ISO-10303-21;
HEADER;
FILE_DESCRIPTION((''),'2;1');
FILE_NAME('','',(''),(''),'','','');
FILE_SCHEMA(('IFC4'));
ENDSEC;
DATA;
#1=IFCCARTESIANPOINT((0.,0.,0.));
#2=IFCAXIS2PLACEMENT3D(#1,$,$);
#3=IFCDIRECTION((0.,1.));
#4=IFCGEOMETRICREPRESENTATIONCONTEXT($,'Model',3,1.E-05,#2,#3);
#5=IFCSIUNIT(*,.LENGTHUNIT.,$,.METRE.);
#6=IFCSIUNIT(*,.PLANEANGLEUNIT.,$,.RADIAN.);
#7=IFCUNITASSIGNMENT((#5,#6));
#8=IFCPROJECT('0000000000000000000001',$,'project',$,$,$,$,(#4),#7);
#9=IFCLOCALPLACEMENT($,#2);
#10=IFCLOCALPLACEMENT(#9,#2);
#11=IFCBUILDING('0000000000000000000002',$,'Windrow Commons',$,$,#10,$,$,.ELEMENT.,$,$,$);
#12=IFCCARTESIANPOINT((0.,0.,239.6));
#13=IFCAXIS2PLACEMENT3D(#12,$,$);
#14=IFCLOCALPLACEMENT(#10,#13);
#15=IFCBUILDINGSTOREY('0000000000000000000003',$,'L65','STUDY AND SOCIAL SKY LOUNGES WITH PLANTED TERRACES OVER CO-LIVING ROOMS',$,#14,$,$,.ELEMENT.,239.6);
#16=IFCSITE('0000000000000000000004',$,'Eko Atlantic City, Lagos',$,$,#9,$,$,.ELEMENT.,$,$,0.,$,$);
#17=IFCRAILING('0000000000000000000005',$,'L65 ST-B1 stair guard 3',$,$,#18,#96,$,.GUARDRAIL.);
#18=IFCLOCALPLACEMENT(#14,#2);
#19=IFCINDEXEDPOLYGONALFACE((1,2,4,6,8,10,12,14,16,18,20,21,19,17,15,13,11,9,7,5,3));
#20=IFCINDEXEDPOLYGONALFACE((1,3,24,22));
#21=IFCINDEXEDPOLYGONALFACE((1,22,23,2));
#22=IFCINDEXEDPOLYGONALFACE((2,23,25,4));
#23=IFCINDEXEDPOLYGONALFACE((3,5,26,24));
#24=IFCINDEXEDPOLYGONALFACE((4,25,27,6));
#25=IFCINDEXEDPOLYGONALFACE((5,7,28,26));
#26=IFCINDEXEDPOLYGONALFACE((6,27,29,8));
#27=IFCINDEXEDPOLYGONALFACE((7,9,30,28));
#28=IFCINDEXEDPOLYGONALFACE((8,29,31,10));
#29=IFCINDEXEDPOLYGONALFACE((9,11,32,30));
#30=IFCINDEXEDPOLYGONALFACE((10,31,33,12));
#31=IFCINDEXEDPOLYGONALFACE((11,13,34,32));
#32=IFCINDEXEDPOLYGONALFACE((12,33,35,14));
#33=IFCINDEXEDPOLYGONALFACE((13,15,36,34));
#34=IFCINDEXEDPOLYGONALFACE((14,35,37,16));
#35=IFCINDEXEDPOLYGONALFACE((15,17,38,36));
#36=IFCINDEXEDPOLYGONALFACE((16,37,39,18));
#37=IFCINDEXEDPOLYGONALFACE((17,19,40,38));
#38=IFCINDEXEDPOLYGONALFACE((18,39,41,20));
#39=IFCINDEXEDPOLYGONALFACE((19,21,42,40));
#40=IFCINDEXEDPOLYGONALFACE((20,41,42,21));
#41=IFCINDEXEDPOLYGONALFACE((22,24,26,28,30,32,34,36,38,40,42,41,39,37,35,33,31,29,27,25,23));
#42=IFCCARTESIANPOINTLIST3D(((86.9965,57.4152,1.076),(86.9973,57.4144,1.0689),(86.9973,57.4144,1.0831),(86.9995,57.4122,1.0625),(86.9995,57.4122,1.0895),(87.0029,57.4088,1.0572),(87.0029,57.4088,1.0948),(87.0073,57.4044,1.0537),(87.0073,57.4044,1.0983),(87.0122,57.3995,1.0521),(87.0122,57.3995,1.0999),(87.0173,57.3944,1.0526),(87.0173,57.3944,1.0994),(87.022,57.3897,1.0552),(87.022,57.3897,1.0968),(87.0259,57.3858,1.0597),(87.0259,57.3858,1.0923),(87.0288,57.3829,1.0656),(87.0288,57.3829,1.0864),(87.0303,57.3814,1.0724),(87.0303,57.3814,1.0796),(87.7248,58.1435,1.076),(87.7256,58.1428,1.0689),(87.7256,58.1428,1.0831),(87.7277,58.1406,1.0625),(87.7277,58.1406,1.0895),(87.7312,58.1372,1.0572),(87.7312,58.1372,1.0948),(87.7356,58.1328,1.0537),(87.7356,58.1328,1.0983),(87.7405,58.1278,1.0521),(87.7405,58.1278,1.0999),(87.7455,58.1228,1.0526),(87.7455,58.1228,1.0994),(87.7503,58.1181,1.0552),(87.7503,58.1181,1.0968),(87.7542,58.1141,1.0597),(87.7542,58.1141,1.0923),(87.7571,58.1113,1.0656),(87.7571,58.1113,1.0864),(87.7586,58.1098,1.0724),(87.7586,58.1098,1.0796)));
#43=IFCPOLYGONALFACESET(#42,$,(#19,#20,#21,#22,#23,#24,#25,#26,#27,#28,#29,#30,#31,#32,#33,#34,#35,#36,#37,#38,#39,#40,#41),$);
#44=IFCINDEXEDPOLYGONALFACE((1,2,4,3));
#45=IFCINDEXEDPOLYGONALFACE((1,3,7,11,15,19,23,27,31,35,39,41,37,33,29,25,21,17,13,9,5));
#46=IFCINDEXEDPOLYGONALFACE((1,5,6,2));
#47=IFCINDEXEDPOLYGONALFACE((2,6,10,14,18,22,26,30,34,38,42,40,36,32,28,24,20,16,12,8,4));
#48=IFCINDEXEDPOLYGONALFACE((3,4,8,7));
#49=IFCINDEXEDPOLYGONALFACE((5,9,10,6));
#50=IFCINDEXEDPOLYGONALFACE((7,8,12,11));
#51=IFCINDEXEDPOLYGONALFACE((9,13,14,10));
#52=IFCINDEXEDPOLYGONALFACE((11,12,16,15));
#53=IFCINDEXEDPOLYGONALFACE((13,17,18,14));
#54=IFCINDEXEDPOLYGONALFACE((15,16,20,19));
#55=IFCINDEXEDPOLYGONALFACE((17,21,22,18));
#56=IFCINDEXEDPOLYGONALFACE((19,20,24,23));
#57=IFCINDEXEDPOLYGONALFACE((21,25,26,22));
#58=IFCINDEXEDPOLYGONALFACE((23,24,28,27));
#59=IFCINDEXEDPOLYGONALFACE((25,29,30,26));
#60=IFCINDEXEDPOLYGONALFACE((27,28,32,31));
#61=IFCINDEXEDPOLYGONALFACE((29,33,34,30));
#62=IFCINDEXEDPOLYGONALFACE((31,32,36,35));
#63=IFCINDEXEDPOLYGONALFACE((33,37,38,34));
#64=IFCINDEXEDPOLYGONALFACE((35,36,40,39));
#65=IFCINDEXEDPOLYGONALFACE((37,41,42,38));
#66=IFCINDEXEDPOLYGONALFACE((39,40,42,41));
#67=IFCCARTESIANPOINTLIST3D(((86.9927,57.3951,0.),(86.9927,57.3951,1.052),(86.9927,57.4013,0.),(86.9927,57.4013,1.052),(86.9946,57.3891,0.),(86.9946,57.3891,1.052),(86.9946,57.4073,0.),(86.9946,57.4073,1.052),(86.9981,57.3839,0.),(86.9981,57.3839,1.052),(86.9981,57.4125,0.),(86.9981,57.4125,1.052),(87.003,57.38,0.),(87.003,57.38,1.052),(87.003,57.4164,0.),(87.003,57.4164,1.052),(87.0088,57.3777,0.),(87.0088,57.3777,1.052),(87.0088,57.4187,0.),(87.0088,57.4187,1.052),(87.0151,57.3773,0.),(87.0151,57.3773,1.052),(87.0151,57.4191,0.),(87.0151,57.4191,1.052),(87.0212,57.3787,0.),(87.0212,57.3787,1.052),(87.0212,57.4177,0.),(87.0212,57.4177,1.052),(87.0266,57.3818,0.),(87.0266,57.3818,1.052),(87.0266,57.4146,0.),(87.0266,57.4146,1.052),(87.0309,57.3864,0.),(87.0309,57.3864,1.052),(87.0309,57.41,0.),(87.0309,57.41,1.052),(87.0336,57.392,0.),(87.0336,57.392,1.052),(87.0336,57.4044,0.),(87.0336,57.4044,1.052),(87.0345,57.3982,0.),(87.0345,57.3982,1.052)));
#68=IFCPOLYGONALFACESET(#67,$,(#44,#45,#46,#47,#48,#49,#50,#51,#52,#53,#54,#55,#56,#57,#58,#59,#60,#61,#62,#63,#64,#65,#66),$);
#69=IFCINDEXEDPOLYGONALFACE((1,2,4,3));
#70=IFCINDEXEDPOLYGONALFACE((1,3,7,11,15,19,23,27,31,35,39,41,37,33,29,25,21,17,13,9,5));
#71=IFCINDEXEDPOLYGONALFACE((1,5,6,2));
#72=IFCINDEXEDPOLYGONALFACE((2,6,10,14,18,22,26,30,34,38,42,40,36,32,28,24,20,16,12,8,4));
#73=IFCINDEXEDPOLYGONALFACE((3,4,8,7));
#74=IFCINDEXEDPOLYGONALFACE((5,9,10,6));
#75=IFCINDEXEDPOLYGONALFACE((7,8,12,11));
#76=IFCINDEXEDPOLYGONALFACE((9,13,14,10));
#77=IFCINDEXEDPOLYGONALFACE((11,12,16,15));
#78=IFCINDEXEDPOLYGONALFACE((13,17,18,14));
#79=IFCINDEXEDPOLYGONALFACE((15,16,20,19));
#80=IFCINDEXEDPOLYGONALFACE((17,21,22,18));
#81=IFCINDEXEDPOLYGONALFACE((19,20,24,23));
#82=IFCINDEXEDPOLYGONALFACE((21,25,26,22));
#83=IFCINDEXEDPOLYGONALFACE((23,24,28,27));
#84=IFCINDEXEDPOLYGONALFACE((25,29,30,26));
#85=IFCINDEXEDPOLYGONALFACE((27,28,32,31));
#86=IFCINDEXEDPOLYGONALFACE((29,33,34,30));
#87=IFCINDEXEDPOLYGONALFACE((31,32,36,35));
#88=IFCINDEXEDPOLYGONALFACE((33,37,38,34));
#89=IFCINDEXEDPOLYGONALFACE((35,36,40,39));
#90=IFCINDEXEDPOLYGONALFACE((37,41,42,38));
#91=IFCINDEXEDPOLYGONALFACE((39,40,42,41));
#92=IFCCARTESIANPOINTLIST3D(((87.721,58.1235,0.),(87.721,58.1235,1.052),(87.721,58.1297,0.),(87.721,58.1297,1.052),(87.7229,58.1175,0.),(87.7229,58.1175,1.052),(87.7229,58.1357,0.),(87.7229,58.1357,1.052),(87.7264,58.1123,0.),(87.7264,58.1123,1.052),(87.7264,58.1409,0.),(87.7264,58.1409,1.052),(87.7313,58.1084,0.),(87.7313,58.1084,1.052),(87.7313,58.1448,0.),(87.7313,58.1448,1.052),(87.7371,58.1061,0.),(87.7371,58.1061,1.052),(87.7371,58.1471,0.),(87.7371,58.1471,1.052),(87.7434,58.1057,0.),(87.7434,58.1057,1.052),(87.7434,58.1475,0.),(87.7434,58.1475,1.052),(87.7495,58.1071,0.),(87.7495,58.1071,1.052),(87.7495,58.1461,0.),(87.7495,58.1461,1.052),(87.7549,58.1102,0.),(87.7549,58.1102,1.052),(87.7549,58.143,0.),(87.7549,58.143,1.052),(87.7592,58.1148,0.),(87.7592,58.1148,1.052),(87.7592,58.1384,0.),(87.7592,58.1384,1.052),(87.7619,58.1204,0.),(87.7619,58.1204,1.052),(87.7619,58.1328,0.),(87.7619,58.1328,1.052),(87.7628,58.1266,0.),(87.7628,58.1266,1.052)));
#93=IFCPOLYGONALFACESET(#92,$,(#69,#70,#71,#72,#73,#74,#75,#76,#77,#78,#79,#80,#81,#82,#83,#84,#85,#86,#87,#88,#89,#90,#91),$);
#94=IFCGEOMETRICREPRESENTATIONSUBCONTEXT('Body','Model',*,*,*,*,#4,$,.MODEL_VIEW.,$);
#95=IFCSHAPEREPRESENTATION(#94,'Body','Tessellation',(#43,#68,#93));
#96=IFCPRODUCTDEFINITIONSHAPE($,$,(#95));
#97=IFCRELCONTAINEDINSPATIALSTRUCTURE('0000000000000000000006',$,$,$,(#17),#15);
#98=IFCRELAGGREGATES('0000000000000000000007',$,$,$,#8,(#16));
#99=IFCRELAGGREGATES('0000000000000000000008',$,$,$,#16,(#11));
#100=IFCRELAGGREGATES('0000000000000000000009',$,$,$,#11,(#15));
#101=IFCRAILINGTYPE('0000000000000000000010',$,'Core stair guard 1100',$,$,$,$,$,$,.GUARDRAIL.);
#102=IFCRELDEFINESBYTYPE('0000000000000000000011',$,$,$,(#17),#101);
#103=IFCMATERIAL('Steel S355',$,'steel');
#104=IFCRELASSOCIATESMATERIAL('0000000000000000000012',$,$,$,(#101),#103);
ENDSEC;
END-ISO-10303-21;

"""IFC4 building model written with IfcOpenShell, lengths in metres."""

from ifc_helpers import new_model, si_unit, direction, frame, origin, origin_2d, place, context, subcontext, project, spatial, circle, extrude, material, type_object, element, save


model = new_model("IFC4")

# Units and contexts
model_context = context("Model", 3, precision=1e-05, world=origin(), true_north=direction((0.0, 1.0)))
body_context = subcontext(model_context, "Body", "Model", "MODEL_VIEW")
ifc_project = project(units=[si_unit("LENGTHUNIT", "METRE"), si_unit("PLANEANGLEUNIT", "RADIAN")], contexts=[model_context])

# Site, building, storey
site_placement = place(None, origin())
site = spatial("IfcSite", under=ifc_project, at=site_placement, Name="Eko Atlantic City, Lagos", CompositionType="ELEMENT", RefElevation=0.0)
building_placement = place(site_placement, origin())
building = spatial("IfcBuilding", under=site, at=building_placement, Name="Windrow Commons", CompositionType="ELEMENT")
storey_placement = place(building_placement, frame((0.0, 0.0, 239.6)))
storey = spatial("IfcBuildingStorey", under=building, at=storey_placement, Name="L65", Description="STUDY AND SOCIAL SKY LOUNGES WITH PLANTED TERRACES OVER CO-LIVING ROOMS", CompositionType="ELEMENT", Elevation=239.6)

# Railing
ifc_material_1 = material(Name="Steel S355", Category="steel")
railing_type_1 = type_object("IfcRailingType", Name="Core stair guard 1100", PredefinedType="GUARDRAIL", material=ifc_material_1)
railing_1_placement = place(storey_placement, frame((87.0135, 57.3982, 0.0)))
element("IfcRailing", 1, at=railing_1_placement, inside=storey, type_object=railing_type_1, Name="L65 ST-B1 stair guard 3", PredefinedType="GUARDRAIL", context=body_context, shape_type="SweptSolid", body=[
    extrude(circle(Radius=0.024, at=origin_2d()), frame((0.0, 0.0, 1.076), z_axis=(0.707058, 0.707155, 0.0), x_axis=(-0.707155, 0.707058, 0.0)), (0.0, 0.0, 1.0), 1.03),
    extrude(circle(Radius=0.021, at=origin_2d()), origin(), (0.0, 0.0, 1.0), 1.052),
    extrude(circle(Radius=0.021, at=origin_2d()), frame((0.7283, 0.7284, 0.0)), (0.0, 0.0, 1.0), 1.052),
])

save(model, "model.ifc")
